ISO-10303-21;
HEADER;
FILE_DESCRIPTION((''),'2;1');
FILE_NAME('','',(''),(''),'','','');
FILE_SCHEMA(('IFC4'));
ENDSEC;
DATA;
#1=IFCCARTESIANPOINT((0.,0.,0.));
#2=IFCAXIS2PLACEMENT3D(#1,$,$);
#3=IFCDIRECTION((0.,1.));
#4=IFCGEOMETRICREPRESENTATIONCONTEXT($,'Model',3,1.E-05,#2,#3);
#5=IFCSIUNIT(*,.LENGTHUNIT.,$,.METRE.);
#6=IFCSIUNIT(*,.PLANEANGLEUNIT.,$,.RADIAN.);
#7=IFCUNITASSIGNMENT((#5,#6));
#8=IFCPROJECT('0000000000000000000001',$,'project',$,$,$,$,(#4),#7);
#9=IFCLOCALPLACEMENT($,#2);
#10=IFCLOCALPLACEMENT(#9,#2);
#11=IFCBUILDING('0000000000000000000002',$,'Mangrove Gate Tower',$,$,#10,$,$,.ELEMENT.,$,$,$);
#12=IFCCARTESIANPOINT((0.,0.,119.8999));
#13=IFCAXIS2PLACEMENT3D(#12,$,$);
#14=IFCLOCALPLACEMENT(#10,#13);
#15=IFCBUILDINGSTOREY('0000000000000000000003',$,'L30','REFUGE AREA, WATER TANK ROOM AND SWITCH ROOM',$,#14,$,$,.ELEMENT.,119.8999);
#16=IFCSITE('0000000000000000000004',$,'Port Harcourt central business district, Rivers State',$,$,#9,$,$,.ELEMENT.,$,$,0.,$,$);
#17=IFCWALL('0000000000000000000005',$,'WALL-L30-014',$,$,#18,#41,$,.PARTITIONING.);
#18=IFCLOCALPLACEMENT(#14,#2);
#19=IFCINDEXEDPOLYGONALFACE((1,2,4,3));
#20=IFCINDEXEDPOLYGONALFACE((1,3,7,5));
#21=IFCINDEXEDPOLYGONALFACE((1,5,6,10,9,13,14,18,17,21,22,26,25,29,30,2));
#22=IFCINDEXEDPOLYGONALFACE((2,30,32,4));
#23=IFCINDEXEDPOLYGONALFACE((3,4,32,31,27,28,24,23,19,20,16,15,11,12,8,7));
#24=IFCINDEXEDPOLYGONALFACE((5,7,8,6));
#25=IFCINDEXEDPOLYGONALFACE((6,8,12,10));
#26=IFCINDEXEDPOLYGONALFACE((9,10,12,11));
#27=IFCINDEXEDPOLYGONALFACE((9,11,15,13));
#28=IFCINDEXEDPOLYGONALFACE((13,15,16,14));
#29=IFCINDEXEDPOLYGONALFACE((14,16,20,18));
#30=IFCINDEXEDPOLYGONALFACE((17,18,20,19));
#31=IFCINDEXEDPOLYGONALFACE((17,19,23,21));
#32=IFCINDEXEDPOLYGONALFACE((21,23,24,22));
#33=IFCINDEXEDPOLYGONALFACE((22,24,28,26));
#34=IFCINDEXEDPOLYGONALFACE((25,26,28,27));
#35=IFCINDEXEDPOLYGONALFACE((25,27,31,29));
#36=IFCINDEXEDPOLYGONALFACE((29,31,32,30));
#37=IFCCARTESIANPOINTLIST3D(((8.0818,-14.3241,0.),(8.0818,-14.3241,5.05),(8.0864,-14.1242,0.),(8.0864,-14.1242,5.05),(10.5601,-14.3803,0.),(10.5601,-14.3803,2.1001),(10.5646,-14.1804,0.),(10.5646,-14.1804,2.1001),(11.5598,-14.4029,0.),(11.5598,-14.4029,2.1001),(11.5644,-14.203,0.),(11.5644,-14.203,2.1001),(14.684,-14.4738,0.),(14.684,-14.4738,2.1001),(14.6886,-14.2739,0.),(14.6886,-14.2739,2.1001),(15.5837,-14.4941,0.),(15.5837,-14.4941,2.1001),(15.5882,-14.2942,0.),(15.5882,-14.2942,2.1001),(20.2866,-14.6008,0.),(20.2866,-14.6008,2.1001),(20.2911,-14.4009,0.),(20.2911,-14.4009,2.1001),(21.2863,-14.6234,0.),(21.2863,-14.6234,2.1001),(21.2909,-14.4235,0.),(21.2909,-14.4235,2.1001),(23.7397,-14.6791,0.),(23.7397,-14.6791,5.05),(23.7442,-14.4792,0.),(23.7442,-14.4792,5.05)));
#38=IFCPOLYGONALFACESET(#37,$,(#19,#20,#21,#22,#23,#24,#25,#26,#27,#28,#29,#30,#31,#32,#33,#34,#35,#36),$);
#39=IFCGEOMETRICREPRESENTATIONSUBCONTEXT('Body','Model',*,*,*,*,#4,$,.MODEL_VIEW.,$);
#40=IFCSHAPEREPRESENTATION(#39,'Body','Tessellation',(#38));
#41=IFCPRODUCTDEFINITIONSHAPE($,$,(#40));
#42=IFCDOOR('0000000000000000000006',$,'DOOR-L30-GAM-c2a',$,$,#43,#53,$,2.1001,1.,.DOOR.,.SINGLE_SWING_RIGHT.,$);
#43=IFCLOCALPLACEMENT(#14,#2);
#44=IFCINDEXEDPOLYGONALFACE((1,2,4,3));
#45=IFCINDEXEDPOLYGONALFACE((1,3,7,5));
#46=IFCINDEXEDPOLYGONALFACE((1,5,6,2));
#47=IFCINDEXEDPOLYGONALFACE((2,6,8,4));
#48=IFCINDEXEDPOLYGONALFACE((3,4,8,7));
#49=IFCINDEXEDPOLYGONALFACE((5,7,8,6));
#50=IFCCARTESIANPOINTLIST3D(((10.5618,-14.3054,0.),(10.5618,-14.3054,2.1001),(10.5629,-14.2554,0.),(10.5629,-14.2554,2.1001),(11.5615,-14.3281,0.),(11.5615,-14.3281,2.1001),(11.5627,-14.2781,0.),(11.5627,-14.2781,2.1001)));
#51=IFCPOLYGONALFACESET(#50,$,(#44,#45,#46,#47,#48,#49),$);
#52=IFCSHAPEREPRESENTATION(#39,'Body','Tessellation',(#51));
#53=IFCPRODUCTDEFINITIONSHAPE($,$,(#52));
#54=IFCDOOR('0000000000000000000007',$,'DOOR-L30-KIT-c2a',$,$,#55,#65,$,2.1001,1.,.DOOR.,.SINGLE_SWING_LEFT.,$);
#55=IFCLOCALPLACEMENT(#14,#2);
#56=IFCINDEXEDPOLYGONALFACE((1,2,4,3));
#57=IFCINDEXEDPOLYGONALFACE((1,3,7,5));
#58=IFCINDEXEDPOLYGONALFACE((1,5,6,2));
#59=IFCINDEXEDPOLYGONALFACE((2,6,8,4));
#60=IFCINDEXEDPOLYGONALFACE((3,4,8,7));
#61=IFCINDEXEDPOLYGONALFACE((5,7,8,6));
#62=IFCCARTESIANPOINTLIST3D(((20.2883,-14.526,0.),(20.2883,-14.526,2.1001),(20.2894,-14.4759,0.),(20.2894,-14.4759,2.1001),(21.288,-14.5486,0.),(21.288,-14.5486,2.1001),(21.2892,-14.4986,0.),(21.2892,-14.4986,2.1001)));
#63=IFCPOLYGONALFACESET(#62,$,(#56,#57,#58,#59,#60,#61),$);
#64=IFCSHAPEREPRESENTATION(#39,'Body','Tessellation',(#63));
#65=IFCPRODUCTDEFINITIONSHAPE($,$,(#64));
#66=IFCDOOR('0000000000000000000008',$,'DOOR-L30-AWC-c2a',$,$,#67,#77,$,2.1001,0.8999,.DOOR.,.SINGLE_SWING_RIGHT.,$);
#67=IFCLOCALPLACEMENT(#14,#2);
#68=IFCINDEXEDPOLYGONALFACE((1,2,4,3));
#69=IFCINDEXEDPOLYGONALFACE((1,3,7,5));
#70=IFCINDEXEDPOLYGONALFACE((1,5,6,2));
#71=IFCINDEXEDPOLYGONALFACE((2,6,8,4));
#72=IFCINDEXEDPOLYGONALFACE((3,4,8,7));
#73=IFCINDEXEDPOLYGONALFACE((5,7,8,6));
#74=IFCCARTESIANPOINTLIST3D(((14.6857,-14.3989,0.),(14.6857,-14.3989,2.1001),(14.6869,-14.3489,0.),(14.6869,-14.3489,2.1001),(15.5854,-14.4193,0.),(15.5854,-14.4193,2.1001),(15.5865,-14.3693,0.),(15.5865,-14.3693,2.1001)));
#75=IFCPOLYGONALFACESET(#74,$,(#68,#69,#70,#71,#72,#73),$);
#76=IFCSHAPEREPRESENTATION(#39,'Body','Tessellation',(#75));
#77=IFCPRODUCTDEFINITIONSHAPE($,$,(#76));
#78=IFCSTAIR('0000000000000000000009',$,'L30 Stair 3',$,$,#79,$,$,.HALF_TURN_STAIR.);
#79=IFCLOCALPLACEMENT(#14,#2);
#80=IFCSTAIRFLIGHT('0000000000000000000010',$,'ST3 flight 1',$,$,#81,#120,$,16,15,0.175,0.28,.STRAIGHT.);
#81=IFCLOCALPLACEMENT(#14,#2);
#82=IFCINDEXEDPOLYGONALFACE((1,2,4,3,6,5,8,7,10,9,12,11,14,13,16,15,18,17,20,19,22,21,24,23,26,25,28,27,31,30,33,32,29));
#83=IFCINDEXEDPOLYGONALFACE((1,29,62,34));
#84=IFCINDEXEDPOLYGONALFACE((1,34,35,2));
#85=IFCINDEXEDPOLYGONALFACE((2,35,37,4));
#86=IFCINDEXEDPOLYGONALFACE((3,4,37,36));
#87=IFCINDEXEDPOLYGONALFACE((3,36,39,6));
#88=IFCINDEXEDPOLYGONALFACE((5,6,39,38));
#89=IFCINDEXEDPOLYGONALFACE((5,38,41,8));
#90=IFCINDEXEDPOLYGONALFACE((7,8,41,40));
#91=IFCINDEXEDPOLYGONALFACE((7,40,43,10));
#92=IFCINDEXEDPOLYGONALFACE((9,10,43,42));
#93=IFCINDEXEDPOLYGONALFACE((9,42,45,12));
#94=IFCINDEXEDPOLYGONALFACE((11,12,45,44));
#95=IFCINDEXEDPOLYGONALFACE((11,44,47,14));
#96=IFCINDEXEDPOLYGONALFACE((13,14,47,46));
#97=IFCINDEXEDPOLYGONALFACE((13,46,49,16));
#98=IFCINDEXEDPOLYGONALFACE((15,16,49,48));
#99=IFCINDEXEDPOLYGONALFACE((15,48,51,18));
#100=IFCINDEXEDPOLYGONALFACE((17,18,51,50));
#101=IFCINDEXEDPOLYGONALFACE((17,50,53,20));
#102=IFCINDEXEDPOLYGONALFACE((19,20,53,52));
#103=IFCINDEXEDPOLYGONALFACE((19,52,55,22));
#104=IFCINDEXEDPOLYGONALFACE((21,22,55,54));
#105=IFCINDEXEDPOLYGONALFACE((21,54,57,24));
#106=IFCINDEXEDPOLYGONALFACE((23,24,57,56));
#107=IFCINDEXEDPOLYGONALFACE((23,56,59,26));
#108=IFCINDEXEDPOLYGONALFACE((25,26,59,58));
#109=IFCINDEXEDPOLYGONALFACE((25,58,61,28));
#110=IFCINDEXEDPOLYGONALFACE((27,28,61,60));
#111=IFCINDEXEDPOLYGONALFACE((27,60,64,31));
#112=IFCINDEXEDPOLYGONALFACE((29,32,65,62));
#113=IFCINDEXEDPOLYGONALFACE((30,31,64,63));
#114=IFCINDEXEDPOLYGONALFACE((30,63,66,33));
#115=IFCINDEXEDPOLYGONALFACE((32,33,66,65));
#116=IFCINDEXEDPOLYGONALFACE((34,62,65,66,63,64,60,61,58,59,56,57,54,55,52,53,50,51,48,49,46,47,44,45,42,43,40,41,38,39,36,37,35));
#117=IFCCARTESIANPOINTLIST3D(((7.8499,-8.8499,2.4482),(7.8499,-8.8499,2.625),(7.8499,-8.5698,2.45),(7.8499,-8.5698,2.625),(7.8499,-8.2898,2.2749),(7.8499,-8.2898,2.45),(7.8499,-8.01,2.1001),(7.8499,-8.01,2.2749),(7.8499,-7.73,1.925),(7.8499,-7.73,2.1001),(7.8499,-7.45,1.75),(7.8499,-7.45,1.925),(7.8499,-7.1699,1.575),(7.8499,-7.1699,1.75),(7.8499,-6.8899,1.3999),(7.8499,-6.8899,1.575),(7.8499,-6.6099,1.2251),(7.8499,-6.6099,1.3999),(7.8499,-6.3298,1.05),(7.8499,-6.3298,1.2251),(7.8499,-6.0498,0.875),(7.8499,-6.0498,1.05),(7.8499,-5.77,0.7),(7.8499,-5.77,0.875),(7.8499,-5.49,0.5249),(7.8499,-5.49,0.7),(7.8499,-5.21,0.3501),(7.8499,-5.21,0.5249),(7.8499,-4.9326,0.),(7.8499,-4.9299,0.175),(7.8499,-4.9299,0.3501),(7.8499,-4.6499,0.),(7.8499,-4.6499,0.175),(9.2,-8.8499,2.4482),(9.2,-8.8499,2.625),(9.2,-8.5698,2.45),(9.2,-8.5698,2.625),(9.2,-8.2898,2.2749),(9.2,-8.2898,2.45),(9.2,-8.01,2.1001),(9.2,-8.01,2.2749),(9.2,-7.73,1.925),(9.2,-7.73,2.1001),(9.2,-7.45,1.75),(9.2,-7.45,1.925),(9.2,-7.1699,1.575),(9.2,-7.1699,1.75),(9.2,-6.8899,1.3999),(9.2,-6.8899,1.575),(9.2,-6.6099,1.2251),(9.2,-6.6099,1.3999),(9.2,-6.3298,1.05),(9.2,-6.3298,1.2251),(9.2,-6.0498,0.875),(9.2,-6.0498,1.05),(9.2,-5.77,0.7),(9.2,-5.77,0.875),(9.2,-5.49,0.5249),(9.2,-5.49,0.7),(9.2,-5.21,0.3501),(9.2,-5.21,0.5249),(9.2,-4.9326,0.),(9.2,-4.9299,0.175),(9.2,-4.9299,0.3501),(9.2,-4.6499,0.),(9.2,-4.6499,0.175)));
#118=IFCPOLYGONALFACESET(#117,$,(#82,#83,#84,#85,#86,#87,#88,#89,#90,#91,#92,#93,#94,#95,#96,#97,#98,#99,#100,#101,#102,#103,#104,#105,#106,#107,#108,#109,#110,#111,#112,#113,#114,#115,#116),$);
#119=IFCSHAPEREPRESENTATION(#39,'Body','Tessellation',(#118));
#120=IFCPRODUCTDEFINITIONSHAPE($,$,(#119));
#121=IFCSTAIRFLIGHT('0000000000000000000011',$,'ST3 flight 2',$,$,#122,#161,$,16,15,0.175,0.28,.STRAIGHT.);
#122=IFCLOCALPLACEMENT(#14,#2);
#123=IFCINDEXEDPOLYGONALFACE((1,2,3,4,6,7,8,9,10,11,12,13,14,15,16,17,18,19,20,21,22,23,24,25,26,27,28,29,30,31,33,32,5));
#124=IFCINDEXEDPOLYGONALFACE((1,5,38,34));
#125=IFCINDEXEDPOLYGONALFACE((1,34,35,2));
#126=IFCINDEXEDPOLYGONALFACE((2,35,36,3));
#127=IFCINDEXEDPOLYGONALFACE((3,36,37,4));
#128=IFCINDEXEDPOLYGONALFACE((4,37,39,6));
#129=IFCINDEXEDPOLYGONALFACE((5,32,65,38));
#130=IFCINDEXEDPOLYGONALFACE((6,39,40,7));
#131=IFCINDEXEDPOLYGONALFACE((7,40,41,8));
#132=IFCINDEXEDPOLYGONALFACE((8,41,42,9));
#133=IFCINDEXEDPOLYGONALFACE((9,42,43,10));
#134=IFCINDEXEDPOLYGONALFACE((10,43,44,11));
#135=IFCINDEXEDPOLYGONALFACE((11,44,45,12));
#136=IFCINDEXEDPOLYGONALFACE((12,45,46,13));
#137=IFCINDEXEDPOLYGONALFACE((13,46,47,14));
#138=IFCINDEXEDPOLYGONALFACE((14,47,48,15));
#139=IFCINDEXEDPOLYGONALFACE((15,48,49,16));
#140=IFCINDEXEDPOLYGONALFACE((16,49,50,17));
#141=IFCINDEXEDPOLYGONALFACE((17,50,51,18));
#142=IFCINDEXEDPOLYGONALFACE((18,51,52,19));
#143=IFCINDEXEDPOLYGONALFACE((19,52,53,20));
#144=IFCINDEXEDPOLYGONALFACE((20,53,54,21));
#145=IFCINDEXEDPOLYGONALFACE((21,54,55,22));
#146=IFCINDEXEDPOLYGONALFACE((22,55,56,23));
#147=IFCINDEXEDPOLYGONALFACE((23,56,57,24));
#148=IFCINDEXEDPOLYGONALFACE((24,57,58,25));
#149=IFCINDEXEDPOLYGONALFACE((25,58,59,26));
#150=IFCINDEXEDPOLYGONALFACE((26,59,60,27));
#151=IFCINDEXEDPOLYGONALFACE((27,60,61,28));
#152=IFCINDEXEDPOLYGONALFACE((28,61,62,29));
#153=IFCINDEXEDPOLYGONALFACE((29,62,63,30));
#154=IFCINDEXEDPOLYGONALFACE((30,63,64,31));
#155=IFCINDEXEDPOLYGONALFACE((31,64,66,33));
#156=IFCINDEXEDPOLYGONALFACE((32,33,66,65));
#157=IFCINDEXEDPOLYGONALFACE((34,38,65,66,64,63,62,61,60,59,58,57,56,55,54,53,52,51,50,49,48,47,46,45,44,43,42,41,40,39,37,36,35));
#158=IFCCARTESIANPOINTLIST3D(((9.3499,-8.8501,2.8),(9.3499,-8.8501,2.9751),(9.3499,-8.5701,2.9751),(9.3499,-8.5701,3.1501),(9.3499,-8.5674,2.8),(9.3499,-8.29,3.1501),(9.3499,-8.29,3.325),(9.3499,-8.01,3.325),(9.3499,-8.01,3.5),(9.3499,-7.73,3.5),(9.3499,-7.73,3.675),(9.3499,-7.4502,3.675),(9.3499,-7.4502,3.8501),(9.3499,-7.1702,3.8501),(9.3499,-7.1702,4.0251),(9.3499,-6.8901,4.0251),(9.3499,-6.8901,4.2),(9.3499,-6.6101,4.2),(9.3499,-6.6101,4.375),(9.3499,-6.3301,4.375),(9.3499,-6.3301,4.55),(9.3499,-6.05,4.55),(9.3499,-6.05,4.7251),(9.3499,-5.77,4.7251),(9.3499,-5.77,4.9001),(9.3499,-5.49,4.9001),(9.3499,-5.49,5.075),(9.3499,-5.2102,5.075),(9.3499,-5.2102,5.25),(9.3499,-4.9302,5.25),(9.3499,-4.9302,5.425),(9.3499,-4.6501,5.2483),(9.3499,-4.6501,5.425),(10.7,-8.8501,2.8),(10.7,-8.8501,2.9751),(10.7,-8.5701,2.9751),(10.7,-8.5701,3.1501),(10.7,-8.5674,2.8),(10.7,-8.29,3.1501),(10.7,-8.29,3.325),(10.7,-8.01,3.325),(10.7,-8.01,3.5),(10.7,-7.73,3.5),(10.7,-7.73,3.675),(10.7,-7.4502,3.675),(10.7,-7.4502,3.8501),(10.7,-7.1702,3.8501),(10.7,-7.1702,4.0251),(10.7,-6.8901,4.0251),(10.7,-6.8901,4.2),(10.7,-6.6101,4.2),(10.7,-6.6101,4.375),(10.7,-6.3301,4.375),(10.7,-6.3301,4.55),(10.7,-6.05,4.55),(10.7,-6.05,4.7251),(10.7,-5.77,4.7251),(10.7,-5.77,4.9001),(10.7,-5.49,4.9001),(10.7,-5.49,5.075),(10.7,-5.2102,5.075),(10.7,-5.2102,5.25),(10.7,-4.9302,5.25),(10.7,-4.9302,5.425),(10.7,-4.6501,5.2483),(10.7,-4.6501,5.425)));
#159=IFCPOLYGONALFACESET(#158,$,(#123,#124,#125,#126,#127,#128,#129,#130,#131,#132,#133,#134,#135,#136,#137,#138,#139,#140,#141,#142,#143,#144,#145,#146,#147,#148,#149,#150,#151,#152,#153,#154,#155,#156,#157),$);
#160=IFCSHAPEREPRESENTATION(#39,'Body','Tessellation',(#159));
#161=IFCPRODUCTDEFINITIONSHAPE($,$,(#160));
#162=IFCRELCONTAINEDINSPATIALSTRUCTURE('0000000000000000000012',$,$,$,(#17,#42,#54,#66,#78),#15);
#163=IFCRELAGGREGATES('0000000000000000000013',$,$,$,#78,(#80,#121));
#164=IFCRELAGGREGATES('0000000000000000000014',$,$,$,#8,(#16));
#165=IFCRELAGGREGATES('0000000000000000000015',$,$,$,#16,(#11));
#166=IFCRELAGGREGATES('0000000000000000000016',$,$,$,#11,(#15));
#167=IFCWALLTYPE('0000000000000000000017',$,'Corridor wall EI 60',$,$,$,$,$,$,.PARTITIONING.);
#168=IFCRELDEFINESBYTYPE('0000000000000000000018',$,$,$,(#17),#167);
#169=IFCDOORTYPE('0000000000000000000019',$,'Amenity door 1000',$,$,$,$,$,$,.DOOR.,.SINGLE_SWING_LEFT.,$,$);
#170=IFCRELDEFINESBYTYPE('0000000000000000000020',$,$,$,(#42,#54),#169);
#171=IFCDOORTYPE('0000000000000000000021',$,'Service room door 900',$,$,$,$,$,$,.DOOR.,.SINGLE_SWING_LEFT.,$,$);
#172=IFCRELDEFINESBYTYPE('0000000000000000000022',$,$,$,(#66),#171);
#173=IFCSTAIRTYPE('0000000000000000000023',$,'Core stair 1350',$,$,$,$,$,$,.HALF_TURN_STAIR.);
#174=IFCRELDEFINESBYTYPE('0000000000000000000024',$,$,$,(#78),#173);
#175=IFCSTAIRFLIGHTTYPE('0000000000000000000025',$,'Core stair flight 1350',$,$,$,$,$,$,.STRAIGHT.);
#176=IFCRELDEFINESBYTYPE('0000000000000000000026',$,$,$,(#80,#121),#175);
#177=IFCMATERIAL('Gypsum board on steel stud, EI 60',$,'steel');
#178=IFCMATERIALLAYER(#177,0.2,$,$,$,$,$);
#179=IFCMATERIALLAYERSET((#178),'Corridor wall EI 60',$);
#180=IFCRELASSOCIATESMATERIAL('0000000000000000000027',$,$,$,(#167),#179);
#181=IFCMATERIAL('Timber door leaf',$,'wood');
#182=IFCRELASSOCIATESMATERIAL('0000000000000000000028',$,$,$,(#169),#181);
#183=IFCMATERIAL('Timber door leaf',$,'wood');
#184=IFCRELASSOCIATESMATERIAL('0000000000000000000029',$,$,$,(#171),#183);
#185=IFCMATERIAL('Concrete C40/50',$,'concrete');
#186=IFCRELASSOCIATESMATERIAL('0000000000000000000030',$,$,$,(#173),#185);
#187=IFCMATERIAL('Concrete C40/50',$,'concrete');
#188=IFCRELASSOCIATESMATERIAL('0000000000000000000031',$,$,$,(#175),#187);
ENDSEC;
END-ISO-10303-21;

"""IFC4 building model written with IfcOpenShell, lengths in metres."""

from ifc_helpers import new_model, si_unit, direction, frame, frame_2d, origin, place, context, subcontext, project, spatial, polyline, rectangle, outline, extrude, material, layer, layer_set, type_object, element, fill, aggregate, save


model = new_model("IFC4")

# Units and contexts
model_context = context("Model", 3, precision=1e-05, world=origin(), true_north=direction((0.0, 1.0)))
body_context = subcontext(model_context, "Body", "Model", "MODEL_VIEW")
ifc_project = project(units=[si_unit("LENGTHUNIT", "METRE"), si_unit("PLANEANGLEUNIT", "RADIAN")], contexts=[model_context])

# Site, building, storey
site_placement = place(None, origin())
site = spatial("IfcSite", under=ifc_project, at=site_placement, Name="Port Harcourt central business district, Rivers State", CompositionType="ELEMENT", RefElevation=0.0)
building_placement = place(site_placement, origin())
building = spatial("IfcBuilding", under=site, at=building_placement, Name="Mangrove Gate Tower", CompositionType="ELEMENT")
storey_placement = place(building_placement, frame((0.0, 0.0, 119.8999)))
storey = spatial("IfcBuildingStorey", under=building, at=storey_placement, Name="L30", Description="REFUGE AREA, WATER TANK ROOM AND SWITCH ROOM", CompositionType="ELEMENT", Elevation=119.8999)

# Wall, openings, doors
ifc_material_1 = material(Name="Gypsum board on steel stud, EI 60", Category="steel")
ifc_layer_1 = layer(ifc_material_1, 0.2)
ifc_layer_set_1 = layer_set([ifc_layer_1], Name="Corridor wall EI 60")
wall_type_1 = type_object("IfcWallType", Name="Corridor wall EI 60", PredefinedType="PARTITIONING", material=ifc_layer_set_1)
wall_1_placement = place(storey_placement, frame((8.084, -14.2241, 0.0), z_axis=(0.0, 0.0, 1.0), x_axis=(0.999743, -0.022665, 0.0)))
wall_1 = element("IfcWall", 1, at=wall_1_placement, inside=storey, type_object=wall_type_1, Name="WALL-L30-014", PredefinedType="PARTITIONING", context=body_context, shape_type="SweptSolid", body=[
    extrude(rectangle(XDim=15.6619, YDim=0.2, at=frame_2d((7.8311, 0.0))), origin(), (0.0, 0.0, 1.0), 5.05),
])
opening_1_placement = place(wall_1_placement, frame((2.479, 0.0, 0.0)))
opening_1 = element("IfcOpeningElement", 2, at=opening_1_placement, cuts=wall_1, PredefinedType="OPENING", context=body_context, shape_type="SweptSolid", body=[
    extrude(rectangle(XDim=1.0, YDim=2.1001, at=frame_2d((0.5, 1.05))), frame((0.0, 0.1099, 0.0), z_axis=(0.0, -1.0, 0.0), x_axis=(1.0, 0.0, 0.0)), (0.0, 0.0, 1.0), 0.22),
])
opening_2_placement = place(wall_1_placement, frame((12.208, 0.0, 0.0)))
opening_2 = element("IfcOpeningElement", 3, at=opening_2_placement, cuts=wall_1, PredefinedType="OPENING", context=body_context, shape_type="SweptSolid", body=[
    extrude(rectangle(XDim=1.0, YDim=2.1001, at=frame_2d((0.5, 1.05))), frame((0.0, 0.1099, 0.0), z_axis=(0.0, -1.0, 0.0), x_axis=(1.0, 0.0, 0.0)), (0.0, 0.0, 1.0), 0.22),
])
opening_3_placement = place(wall_1_placement, frame((6.604, 0.0, 0.0)))
opening_3 = element("IfcOpeningElement", 4, at=opening_3_placement, cuts=wall_1, PredefinedType="OPENING", context=body_context, shape_type="SweptSolid", body=[
    extrude(rectangle(XDim=0.8999, YDim=2.1001, at=frame_2d((0.45, 1.05))), frame((0.0, 0.1099, 0.0), z_axis=(0.0, -1.0, 0.0), x_axis=(1.0, 0.0, 0.0)), (0.0, 0.0, 1.0), 0.22),
])
ifc_material_2 = material(Name="Timber door leaf", Category="wood")
door_type_1 = type_object("IfcDoorType", Name="Amenity door 1000", OperationType="SINGLE_SWING_LEFT", PredefinedType="DOOR", material=ifc_material_2)
door_1_placement = place(opening_1_placement, origin())
door_1 = element("IfcDoor", 5, at=door_1_placement, inside=storey, type_object=door_type_1, Name="DOOR-L30-GAM-c2a", OperationType="SINGLE_SWING_RIGHT", OverallHeight=2.1001, OverallWidth=1.0, PredefinedType="DOOR", context=body_context, shape_type="SweptSolid", body=[
    extrude(rectangle(XDim=1.0, YDim=2.1001, at=frame_2d((0.5, 1.05))), frame((0.0, 0.0249, 0.0), z_axis=(0.0, -1.0, 0.0), x_axis=(1.0, 0.0, 0.0)), (0.0, 0.0, 1.0), 0.05),
])
fill(opening_1, door_1)
door_2_placement = place(opening_2_placement, origin())
door_2 = element("IfcDoor", 6, at=door_2_placement, inside=storey, type_object=door_type_1, Name="DOOR-L30-KIT-c2a", OperationType="SINGLE_SWING_LEFT", OverallHeight=2.1001, OverallWidth=1.0, PredefinedType="DOOR", context=body_context, shape_type="SweptSolid", body=[
    extrude(rectangle(XDim=1.0, YDim=2.1001, at=frame_2d((0.5, 1.05))), frame((0.0, 0.0249, 0.0), z_axis=(0.0, -1.0, 0.0), x_axis=(1.0, 0.0, 0.0)), (0.0, 0.0, 1.0), 0.05),
])
fill(opening_2, door_2)
ifc_material_3 = material(Name="Timber door leaf", Category="wood")
door_type_2 = type_object("IfcDoorType", Name="Service room door 900", OperationType="SINGLE_SWING_LEFT", PredefinedType="DOOR", material=ifc_material_3)
door_3_placement = place(opening_3_placement, origin())
door_3 = element("IfcDoor", 7, at=door_3_placement, inside=storey, type_object=door_type_2, Name="DOOR-L30-AWC-c2a", OperationType="SINGLE_SWING_RIGHT", OverallHeight=2.1001, OverallWidth=0.8999, PredefinedType="DOOR", context=body_context, shape_type="SweptSolid", body=[
    extrude(rectangle(XDim=0.8999, YDim=2.1001, at=frame_2d((0.45, 1.05))), frame((0.0, 0.0249, 0.0), z_axis=(0.0, -1.0, 0.0), x_axis=(1.0, 0.0, 0.0)), (0.0, 0.0, 1.0), 0.05),
])
fill(opening_3, door_3)

# Stair, stair flights
ifc_material_4 = material(Name="Concrete C40/50", Category="concrete")
stair_type = type_object("IfcStairType", Name="Core stair 1350", PredefinedType="HALF_TURN_STAIR", material=ifc_material_4)
stair_placement = place(storey_placement, origin())
stair = element("IfcStair", 8, at=stair_placement, inside=storey, type_object=stair_type, Name="L30 Stair 3", PredefinedType="HALF_TURN_STAIR")
ifc_material_5 = material(Name="Concrete C40/50", Category="concrete")
stair_flight_type = type_object("IfcStairFlightType", Name="Core stair flight 1350", PredefinedType="STRAIGHT", material=ifc_material_5)
stair_flight_1_placement = place(storey_placement, frame((8.5249, -4.6499, 0.0), z_axis=(0.0, 0.0, 1.0), x_axis=(0.0, -1.0, 0.0)))
stair_flight_1 = element("IfcStairFlight", 9, at=stair_flight_1_placement, type_object=stair_flight_type, Name="ST3 flight 1", NumberOfRisers=16, NumberOfTreads=15, PredefinedType="STRAIGHT", RiserHeight=0.175, TreadLength=0.28, context=body_context, shape_type="SweptSolid", body=[
    extrude(outline(polyline([(0.0, 0.0), (0.0, 0.175), (0.28, 0.175), (0.28, 0.3501), (0.5601, 0.3501), (0.5601, 0.5249), (0.8401, 0.5249), (0.8401, 0.7), (1.1201, 0.7), (1.1201, 0.875), (1.3999, 0.875), (1.3999, 1.05), (1.6799, 1.05), (1.6799, 1.2251), (1.96, 1.2251), (1.96, 1.3999), (2.24, 1.3999), (2.24, 1.575), (2.52, 1.575), (2.52, 1.75), (2.8, 1.75), (2.8, 1.925), (3.0801, 1.925), (3.0801, 2.1001), (3.3601, 2.1001), (3.3601, 2.2749), (3.6399, 2.2749), (3.6399, 2.45), (3.9199, 2.45), (3.9199, 2.625), (4.2, 2.625), (4.2, 2.8), (4.2, 2.4482), (0.2827, 0.0), (0.0, 0.0)])), frame((0.0, 0.675, 0.0), z_axis=(0.0, -1.0, 0.0), x_axis=(1.0, 0.0, 0.0)), (0.0, 0.0, 1.0), 1.3501),
])
stair_flight_2_placement = place(storey_placement, frame((10.0249, -8.8501, 2.8), z_axis=(0.0, 0.0, 1.0), x_axis=(0.0, 1.0, 0.0)))
stair_flight_2 = element("IfcStairFlight", 10, at=stair_flight_2_placement, type_object=stair_flight_type, Name="ST3 flight 2", NumberOfRisers=16, NumberOfTreads=15, PredefinedType="STRAIGHT", RiserHeight=0.175, TreadLength=0.28, context=body_context, shape_type="SweptSolid", body=[
    extrude(outline(polyline([(0.0, 0.0), (0.0, 0.175), (0.28, 0.175), (0.28, 0.3501), (0.5601, 0.3501), (0.5601, 0.5249), (0.8401, 0.5249), (0.8401, 0.7), (1.1201, 0.7), (1.1201, 0.875), (1.3999, 0.875), (1.3999, 1.05), (1.6799, 1.05), (1.6799, 1.2251), (1.96, 1.2251), (1.96, 1.3999), (2.24, 1.3999), (2.24, 1.575), (2.52, 1.575), (2.52, 1.75), (2.8, 1.75), (2.8, 1.925), (3.0801, 1.925), (3.0801, 2.1001), (3.3601, 2.1001), (3.3601, 2.2749), (3.6399, 2.2749), (3.6399, 2.45), (3.9199, 2.45), (3.9199, 2.625), (4.2, 2.625), (4.2, 2.8), (4.2, 2.4482), (0.2827, 0.0), (0.0, 0.0)])), frame((0.0, 0.675, 0.0), z_axis=(0.0, -1.0, 0.0), x_axis=(1.0, 0.0, 0.0)), (0.0, 0.0, 1.0), 1.3501),
])
aggregate(stair, [stair_flight_1, stair_flight_2])

save(model, "model.ifc")
